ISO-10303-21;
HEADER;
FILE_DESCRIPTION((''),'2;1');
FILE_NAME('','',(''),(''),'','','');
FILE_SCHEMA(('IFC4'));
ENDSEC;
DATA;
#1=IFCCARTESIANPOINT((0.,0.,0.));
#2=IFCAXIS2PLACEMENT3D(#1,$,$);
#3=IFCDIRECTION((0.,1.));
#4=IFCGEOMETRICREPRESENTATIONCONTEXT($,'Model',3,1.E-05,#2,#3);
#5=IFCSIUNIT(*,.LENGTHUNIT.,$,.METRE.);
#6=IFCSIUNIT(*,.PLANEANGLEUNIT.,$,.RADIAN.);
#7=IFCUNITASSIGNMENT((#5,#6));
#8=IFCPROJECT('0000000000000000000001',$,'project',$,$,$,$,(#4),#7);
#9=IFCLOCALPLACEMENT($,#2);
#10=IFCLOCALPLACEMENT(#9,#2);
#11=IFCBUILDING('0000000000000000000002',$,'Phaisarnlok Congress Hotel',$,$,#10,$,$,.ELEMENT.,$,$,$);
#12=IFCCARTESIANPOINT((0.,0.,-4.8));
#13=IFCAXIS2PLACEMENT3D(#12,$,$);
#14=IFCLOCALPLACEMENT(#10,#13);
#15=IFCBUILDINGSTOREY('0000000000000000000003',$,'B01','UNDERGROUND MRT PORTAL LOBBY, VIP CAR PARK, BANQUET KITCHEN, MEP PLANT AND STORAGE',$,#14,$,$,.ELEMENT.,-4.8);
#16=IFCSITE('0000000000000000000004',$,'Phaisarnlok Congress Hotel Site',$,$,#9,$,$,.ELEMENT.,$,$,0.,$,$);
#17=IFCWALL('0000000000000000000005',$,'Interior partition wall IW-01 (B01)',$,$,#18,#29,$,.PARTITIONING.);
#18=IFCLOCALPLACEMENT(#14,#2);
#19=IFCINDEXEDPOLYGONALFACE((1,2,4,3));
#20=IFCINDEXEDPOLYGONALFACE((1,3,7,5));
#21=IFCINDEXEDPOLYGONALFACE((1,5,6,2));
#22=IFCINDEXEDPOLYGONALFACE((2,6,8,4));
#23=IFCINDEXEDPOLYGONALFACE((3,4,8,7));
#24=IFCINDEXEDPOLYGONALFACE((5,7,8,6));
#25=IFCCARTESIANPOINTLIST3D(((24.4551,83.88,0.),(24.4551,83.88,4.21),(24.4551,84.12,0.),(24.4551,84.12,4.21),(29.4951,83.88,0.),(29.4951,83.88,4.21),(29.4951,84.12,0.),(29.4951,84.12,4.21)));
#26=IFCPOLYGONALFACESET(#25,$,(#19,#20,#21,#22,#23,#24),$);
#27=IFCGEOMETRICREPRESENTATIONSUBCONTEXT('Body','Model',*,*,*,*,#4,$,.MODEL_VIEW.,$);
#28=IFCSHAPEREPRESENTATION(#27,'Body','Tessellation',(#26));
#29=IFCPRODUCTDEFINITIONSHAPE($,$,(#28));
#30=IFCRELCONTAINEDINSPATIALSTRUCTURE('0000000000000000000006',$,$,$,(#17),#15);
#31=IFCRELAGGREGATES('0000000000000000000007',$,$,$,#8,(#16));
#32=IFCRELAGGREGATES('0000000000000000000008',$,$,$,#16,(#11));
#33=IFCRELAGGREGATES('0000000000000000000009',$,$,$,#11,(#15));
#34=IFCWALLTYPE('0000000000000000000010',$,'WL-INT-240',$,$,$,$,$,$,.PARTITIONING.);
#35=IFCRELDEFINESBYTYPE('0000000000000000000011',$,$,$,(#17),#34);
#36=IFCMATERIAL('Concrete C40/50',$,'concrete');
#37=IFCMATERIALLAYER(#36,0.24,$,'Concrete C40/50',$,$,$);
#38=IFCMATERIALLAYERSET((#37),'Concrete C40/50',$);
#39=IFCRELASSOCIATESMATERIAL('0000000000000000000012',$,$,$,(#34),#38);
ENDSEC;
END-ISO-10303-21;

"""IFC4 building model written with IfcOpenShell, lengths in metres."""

from ifc_helpers import new_model, si_unit, direction, frame, frame_2d, origin, place, context, subcontext, project, spatial, rectangle, extrude, material, layer, layer_set, type_object, element, save


model = new_model("IFC4")

# Units and contexts
model_context = context("Model", 3, precision=1e-05, world=origin(), true_north=direction((0.0, 1.0)))
body_context = subcontext(model_context, "Body", "Model", "MODEL_VIEW")
ifc_project = project(units=[si_unit("LENGTHUNIT", "METRE"), si_unit("PLANEANGLEUNIT", "RADIAN")], contexts=[model_context])

# Site, building, storey
site_placement = place(None, origin())
site = spatial("IfcSite", under=ifc_project, at=site_placement, Name="Phaisarnlok Congress Hotel Site", CompositionType="ELEMENT", RefElevation=0.0)
building_placement = place(site_placement, origin())
building = spatial("IfcBuilding", under=site, at=building_placement, Name="Phaisarnlok Congress Hotel", CompositionType="ELEMENT")
storey_placement = place(building_placement, frame((0.0, 0.0, -4.8)))
storey = spatial("IfcBuildingStorey", under=building, at=storey_placement, Name="B01", Description="UNDERGROUND MRT PORTAL LOBBY, VIP CAR PARK, BANQUET KITCHEN, MEP PLANT AND STORAGE", CompositionType="ELEMENT", Elevation=-4.8)

# Shared definitions
ifc_material_1 = material(Name="Concrete C40/50", Category="concrete")

# Shared definitions
ifc_layer = layer(ifc_material_1, 0.24, Name="Concrete C40/50")
ifc_layer_set = layer_set([ifc_layer], Name="Concrete C40/50")
wall_type = type_object("IfcWallType", Name="WL-INT-240", PredefinedType="PARTITIONING", material=ifc_layer_set)

# Wall
wall_1_placement = place(storey_placement, frame((24.4551, 84.0, 0.0), z_axis=(0.0, 0.0, 1.0), x_axis=(1.0, 0.0, 0.0)))
element("IfcWall", 1, at=wall_1_placement, inside=storey, type_object=wall_type, Name="Interior partition wall IW-01 (B01)", PredefinedType="PARTITIONING", context=body_context, shape_type="SweptSolid", body=[
    extrude(rectangle(XDim=5.04, YDim=0.24, at=frame_2d((2.52, 0.0))), origin(), (0.0, 0.0, 1.0), 4.21),
])

save(model, "model.ifc")
